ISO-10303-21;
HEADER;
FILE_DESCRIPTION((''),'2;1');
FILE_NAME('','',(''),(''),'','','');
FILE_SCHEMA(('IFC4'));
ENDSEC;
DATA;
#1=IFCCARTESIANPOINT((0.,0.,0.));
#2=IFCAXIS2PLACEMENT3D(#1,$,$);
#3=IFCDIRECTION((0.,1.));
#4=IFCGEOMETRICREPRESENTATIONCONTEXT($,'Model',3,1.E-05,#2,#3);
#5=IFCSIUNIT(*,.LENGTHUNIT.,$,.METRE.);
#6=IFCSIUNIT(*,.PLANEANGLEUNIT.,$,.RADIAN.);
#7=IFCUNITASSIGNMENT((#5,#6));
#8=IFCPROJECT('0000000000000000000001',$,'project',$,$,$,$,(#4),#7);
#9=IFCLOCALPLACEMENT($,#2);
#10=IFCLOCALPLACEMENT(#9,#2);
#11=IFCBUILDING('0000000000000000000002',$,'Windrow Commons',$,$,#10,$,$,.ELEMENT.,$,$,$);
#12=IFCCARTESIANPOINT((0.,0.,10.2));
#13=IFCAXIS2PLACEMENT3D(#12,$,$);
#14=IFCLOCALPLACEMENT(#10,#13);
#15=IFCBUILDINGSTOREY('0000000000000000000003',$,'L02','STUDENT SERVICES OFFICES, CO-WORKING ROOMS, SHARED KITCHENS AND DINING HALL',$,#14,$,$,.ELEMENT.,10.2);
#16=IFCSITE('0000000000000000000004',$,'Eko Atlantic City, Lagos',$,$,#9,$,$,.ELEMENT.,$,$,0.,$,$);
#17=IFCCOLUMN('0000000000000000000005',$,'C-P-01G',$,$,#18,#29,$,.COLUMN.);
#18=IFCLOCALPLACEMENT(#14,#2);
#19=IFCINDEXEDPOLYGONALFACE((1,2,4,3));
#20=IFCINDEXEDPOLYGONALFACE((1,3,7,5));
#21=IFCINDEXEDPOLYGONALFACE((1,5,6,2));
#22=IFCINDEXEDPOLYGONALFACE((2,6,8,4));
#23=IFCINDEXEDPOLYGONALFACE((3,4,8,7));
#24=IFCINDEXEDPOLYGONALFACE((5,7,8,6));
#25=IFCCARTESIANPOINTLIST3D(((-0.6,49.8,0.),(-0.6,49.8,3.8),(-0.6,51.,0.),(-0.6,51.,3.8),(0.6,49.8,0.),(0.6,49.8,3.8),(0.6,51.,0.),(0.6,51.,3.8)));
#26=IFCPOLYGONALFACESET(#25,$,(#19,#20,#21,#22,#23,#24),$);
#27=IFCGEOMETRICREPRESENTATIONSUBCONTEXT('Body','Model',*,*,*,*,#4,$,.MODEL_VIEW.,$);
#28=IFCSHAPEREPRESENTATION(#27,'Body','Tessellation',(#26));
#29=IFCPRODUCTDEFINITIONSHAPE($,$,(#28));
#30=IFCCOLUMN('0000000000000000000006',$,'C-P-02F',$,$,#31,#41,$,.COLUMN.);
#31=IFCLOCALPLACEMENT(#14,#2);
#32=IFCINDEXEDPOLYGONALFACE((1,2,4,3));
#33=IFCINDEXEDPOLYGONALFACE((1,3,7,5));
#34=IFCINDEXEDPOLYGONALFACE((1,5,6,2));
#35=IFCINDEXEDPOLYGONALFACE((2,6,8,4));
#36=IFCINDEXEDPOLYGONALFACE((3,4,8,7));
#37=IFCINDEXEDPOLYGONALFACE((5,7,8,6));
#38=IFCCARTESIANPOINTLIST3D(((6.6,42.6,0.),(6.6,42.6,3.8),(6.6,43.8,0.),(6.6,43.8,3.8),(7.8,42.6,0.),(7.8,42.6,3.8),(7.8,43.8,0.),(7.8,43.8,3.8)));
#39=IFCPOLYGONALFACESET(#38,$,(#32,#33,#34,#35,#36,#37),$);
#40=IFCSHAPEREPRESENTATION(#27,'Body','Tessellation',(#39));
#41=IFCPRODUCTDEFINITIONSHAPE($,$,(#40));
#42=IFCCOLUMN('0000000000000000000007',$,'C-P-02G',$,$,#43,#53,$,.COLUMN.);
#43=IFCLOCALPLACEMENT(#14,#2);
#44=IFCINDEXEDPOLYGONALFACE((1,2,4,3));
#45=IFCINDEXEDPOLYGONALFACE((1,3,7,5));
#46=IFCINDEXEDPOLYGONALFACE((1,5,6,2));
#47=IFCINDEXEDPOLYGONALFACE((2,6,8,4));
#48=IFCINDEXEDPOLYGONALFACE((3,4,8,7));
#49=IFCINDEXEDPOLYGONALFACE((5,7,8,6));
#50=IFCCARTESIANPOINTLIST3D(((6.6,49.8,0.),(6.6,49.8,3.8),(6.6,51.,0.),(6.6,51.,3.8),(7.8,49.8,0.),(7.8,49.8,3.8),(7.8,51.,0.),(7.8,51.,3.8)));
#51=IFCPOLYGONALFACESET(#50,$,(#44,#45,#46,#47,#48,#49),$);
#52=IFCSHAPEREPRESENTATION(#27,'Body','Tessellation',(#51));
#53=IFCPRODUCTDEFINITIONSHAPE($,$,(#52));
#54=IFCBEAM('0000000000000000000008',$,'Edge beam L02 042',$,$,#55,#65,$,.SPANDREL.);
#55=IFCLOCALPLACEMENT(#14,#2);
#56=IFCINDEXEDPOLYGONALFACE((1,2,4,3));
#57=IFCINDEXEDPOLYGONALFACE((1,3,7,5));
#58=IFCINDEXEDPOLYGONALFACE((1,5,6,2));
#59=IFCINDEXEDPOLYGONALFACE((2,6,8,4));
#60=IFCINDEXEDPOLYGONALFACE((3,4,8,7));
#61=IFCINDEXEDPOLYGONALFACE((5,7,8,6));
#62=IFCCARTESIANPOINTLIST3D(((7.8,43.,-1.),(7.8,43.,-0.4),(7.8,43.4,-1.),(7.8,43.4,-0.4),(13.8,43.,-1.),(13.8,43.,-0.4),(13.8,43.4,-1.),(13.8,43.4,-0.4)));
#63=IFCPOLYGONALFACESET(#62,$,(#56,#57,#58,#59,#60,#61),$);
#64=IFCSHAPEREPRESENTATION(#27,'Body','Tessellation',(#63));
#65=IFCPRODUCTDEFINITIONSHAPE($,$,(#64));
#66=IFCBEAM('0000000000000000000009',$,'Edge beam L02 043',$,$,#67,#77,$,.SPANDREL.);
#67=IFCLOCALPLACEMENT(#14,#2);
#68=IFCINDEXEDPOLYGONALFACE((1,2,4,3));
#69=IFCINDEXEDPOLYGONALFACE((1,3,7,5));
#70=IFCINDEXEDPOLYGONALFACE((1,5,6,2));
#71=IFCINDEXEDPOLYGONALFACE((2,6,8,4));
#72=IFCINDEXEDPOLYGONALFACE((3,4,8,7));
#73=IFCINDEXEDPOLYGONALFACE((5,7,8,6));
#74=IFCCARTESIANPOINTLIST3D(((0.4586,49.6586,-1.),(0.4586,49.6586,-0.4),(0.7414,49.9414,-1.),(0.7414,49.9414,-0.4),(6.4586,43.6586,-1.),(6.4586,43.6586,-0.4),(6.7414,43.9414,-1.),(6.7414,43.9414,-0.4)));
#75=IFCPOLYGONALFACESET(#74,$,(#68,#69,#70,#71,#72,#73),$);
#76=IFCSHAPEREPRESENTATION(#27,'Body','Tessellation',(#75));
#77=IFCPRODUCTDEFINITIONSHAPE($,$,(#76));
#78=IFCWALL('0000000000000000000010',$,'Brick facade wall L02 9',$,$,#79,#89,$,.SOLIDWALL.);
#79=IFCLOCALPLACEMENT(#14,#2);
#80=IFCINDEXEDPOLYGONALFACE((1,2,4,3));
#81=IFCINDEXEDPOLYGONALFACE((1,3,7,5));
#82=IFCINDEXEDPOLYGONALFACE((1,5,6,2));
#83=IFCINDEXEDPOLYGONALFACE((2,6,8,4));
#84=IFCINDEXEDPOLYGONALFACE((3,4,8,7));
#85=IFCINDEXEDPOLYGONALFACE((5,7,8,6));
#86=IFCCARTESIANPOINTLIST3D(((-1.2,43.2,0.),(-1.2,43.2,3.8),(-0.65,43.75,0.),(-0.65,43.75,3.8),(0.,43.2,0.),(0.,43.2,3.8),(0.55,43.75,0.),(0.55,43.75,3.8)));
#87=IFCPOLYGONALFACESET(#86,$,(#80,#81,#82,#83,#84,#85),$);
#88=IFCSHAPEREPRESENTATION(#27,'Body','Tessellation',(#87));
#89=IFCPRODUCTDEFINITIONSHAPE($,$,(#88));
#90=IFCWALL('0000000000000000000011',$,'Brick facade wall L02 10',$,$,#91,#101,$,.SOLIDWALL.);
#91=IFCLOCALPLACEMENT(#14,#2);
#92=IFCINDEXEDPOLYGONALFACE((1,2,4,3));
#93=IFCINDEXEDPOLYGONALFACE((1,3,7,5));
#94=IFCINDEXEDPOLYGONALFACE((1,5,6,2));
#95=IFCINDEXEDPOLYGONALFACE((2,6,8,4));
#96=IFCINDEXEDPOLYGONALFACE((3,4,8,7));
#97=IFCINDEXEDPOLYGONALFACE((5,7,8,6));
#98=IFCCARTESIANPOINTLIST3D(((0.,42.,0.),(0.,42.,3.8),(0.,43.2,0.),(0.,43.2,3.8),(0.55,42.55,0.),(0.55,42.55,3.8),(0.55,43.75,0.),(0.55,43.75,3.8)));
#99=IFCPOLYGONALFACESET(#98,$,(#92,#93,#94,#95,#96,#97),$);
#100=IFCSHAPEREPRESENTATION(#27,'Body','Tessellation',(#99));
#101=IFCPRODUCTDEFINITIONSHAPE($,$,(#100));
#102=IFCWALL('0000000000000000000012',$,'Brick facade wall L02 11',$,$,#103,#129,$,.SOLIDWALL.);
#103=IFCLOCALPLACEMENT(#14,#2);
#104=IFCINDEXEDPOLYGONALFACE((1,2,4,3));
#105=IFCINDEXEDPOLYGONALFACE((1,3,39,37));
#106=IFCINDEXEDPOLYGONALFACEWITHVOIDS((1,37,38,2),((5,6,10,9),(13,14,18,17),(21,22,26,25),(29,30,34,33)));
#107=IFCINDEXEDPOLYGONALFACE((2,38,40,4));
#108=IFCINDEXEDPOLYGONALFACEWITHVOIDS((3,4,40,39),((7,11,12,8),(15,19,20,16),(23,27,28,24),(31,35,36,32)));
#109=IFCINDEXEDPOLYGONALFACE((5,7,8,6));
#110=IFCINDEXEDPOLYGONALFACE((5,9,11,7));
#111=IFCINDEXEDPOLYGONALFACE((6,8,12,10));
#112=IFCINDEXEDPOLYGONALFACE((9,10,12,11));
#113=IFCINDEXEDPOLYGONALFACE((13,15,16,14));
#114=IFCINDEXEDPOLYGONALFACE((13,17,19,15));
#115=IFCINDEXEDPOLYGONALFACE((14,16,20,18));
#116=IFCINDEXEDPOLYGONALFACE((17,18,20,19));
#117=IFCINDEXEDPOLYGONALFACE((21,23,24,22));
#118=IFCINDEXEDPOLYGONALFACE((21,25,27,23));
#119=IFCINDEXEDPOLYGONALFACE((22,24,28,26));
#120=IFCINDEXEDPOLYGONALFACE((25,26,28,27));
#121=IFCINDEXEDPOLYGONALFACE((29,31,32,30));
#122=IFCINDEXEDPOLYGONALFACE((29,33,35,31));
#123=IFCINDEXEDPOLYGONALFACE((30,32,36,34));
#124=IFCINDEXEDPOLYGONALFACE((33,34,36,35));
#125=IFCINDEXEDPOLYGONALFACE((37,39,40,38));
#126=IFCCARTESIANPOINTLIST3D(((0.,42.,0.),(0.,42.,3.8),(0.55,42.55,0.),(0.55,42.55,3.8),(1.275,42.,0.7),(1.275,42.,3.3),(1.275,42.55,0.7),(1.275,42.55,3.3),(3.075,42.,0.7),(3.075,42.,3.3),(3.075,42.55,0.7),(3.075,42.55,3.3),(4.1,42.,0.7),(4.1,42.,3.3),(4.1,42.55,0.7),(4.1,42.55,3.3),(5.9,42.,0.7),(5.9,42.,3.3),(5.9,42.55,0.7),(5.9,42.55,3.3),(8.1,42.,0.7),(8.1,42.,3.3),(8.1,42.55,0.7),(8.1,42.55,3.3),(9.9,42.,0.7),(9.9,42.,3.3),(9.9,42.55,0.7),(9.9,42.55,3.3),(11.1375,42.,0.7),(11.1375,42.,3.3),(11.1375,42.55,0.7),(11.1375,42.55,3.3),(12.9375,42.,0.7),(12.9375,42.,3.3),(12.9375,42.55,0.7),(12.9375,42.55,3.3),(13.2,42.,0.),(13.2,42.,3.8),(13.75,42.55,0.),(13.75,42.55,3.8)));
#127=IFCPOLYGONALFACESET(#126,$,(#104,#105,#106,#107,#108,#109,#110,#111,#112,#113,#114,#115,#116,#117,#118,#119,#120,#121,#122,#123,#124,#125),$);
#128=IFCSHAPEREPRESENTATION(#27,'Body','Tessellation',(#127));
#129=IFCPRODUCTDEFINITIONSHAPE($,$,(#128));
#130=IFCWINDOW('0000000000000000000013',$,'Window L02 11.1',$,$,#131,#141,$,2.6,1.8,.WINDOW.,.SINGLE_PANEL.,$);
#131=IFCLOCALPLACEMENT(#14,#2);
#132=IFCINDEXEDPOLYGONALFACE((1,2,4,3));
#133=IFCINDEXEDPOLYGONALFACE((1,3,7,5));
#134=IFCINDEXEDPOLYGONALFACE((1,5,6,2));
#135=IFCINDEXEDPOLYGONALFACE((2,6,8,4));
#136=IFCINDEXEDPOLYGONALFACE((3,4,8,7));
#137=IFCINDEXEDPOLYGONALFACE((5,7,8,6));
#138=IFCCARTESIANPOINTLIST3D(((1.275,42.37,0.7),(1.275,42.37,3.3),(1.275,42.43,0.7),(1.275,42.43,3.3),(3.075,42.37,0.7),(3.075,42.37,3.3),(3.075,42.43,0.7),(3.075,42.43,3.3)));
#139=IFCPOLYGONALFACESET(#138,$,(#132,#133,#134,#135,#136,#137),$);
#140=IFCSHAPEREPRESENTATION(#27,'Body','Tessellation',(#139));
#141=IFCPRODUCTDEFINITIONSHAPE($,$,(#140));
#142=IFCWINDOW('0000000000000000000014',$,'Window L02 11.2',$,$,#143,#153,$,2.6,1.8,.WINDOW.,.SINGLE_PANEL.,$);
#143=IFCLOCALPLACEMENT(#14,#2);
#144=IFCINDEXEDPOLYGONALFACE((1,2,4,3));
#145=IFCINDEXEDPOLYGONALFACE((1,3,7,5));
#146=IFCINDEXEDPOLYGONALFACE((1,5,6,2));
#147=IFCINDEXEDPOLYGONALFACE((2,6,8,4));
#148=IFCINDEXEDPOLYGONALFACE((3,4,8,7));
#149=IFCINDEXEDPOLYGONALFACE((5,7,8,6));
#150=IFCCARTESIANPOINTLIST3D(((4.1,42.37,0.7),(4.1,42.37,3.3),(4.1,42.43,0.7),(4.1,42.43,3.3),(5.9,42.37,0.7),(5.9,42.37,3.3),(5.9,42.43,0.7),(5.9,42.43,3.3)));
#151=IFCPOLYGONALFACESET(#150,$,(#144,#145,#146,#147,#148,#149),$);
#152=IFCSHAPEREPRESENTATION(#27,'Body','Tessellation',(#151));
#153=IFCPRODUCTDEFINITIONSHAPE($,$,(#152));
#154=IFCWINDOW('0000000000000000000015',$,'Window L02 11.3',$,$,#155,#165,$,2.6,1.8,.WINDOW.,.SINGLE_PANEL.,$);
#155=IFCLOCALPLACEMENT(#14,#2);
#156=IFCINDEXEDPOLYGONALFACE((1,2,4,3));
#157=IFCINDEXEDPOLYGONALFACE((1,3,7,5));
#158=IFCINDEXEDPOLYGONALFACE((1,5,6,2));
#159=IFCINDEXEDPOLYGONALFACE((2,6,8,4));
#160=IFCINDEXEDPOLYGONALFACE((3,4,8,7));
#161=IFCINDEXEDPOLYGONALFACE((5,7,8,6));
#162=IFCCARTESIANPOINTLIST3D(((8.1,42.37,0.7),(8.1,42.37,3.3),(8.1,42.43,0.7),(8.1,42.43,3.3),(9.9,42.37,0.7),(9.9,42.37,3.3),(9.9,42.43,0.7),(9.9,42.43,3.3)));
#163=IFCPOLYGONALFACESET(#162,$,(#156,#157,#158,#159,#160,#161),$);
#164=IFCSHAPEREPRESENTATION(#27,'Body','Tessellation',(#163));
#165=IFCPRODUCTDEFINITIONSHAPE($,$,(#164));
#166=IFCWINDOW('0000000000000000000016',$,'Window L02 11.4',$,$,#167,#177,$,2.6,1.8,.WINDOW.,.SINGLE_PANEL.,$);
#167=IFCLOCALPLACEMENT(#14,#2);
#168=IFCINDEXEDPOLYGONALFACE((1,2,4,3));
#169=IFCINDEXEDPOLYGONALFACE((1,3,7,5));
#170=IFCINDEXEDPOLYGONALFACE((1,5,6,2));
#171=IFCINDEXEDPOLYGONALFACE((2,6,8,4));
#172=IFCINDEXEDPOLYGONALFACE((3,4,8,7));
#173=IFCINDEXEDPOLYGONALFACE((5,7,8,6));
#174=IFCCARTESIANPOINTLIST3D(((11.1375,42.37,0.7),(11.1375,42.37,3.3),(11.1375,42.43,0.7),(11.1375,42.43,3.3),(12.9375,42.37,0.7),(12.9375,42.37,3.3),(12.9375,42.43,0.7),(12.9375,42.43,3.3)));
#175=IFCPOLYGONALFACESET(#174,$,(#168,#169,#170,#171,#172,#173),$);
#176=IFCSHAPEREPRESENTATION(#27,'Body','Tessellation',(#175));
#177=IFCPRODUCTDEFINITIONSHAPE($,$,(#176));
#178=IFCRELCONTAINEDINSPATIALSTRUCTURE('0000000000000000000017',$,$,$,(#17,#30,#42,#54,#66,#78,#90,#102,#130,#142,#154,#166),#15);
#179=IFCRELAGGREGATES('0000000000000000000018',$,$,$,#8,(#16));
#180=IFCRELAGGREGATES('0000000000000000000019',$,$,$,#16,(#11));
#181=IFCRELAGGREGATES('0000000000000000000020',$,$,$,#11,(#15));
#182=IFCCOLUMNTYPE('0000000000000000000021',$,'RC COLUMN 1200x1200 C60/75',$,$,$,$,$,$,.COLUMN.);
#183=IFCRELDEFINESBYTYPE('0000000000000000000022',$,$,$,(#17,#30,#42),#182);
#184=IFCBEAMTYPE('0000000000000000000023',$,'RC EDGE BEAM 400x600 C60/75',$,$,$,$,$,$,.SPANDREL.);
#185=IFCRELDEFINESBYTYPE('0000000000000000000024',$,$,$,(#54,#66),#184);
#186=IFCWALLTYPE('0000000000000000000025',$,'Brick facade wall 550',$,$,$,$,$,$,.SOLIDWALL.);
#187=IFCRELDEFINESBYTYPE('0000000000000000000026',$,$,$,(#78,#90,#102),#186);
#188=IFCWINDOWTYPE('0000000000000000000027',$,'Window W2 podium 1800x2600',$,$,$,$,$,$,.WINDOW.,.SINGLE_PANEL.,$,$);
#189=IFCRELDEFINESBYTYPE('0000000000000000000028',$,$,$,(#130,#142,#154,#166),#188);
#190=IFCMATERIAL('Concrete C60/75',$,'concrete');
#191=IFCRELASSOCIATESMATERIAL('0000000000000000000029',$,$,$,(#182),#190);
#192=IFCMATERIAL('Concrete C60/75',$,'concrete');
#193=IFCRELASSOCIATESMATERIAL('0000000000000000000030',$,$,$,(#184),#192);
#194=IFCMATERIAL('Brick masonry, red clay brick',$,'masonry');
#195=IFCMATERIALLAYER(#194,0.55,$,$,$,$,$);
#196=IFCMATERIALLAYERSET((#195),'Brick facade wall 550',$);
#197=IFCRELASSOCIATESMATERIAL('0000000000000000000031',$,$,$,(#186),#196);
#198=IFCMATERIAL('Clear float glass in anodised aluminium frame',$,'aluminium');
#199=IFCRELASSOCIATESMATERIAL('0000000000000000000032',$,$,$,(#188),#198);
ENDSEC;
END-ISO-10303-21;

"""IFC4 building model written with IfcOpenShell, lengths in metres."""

from ifc_helpers import new_model, si_unit, direction, frame, frame_2d, origin, origin_2d, place, context, subcontext, project, spatial, polyline, rectangle, outline, extrude, material, layer, layer_set, material_profile, profile_set, type_object, element, fill, save


model = new_model("IFC4")

# Units and contexts
model_context = context("Model", 3, precision=1e-05, world=origin(), true_north=direction((0.0, 1.0)))
body_context = subcontext(model_context, "Body", "Model", "MODEL_VIEW")
ifc_project = project(units=[si_unit("LENGTHUNIT", "METRE"), si_unit("PLANEANGLEUNIT", "RADIAN")], contexts=[model_context])

# Site, building, storey
site_placement = place(None, origin())
site = spatial("IfcSite", under=ifc_project, at=site_placement, Name="Eko Atlantic City, Lagos", CompositionType="ELEMENT", RefElevation=0.0)
building_placement = place(site_placement, origin())
building = spatial("IfcBuilding", under=site, at=building_placement, Name="Windrow Commons", CompositionType="ELEMENT")
storey_placement = place(building_placement, frame((0.0, 0.0, 10.2)))
storey = spatial("IfcBuildingStorey", under=building, at=storey_placement, Name="L02", Description="STUDENT SERVICES OFFICES, CO-WORKING ROOMS, SHARED KITCHENS AND DINING HALL", CompositionType="ELEMENT", Elevation=10.2)

# Columns
ifc_material_1 = material(Name="Concrete C60/75", Category="concrete")
ifc_material_profile_1 = material_profile(ifc_material_1, rectangle(XDim=1.2, YDim=1.2, at=origin_2d()))
ifc_profile_set_1 = profile_set([ifc_material_profile_1], Name="Concrete C60/75")
column_type = type_object("IfcColumnType", Name="RC COLUMN 1200x1200 C60/75", PredefinedType="COLUMN", material=ifc_profile_set_1)
for number, where, z_axis, x_axis, name in (
    (1, (0.0, 50.4, 0.0), (0.0, 0.0, 1.0), (1.0, 0.0, 0.0), "C-P-01G"),
    (2, (7.2, 43.2, 0.0), (0.0, 0.0, 1.0), (1.0, 0.0, 0.0), "C-P-02F"),
    (3, (7.2, 50.4, 0.0), (0.0, 0.0, 1.0), (1.0, 0.0, 0.0), "C-P-02G"),
):
    element("IfcColumn", number, at=place(storey_placement, frame(where, z_axis=z_axis, x_axis=x_axis)), inside=storey, type_object=column_type, Name=name, PredefinedType="COLUMN", context=body_context, shape_type="SweptSolid", body=[
        extrude(rectangle(XDim=1.2, YDim=1.2, at=origin_2d()), origin(), (0.0, 0.0, 1.0), 3.8),
    ])

# Beams
ifc_material_2 = material(Name="Concrete C60/75", Category="concrete")
ifc_material_profile_2 = material_profile(ifc_material_2, rectangle(XDim=0.4, YDim=0.6, at=origin_2d()))
ifc_profile_set_2 = profile_set([ifc_material_profile_2], Name="Concrete C60/75")
beam_type = type_object("IfcBeamType", Name="RC EDGE BEAM 400x600 C60/75", PredefinedType="SPANDREL", material=ifc_profile_set_2)
beam_1_placement = place(storey_placement, frame((13.8, 43.2, -0.7), z_axis=(-1.0, 0.0, 0.0), x_axis=(0.0, -1.0, 0.0)))
element("IfcBeam", 4, at=beam_1_placement, inside=storey, type_object=beam_type, Name="Edge beam L02 042", PredefinedType="SPANDREL", context=body_context, shape_type="SweptSolid", body=[
    extrude(rectangle(XDim=0.4, YDim=0.6, at=origin_2d()), origin(), (0.0, 0.0, 1.0), 6.0),
])
beam_2_placement = place(storey_placement, frame((6.6, 43.8, -0.7), z_axis=(-0.707107, 0.707107, 0.0), x_axis=(-0.707107, -0.707107, 0.0)))
element("IfcBeam", 5, at=beam_2_placement, inside=storey, type_object=beam_type, Name="Edge beam L02 043", PredefinedType="SPANDREL", context=body_context, shape_type="SweptSolid", body=[
    extrude(rectangle(XDim=0.4, YDim=0.6, at=origin_2d()), origin(), (0.0, 0.0, 1.0), 8.4853),
])

# Walls
ifc_material_3 = material(Name="Brick masonry, red clay brick", Category="masonry")
ifc_layer_1 = layer(ifc_material_3, 0.55)
ifc_layer_set_1 = layer_set([ifc_layer_1], Name="Brick facade wall 550")
wall_type_1 = type_object("IfcWallType", Name="Brick facade wall 550", PredefinedType="SOLIDWALL", material=ifc_layer_set_1)
wall_1_placement = place(storey_placement, frame((-0.925, 43.475, 0.0), z_axis=(0.0, 0.0, 1.0), x_axis=(1.0, 0.0, 0.0)))
element("IfcWall", 6, at=wall_1_placement, inside=storey, type_object=wall_type_1, Name="Brick facade wall L02 9", PredefinedType="SOLIDWALL", context=body_context, shape_type="SweptSolid", body=[
    extrude(outline(polyline([(-0.275, -0.275), (0.925, -0.275), (1.475, 0.275), (0.275, 0.275), (-0.275, -0.275)])), origin(), (0.0, 0.0, 1.0), 3.8),
])
wall_2_placement = place(storey_placement, frame((0.275, 43.475, 0.0), z_axis=(0.0, 0.0, 1.0), x_axis=(0.0, -1.0, 0.0)))
element("IfcWall", 7, at=wall_2_placement, inside=storey, type_object=wall_type_1, Name="Brick facade wall L02 10", PredefinedType="SOLIDWALL", context=body_context, shape_type="SweptSolid", body=[
    extrude(outline(polyline([(0.275, -0.275), (1.475, -0.275), (0.925, 0.275), (-0.275, 0.275), (0.275, -0.275)])), origin(), (0.0, 0.0, 1.0), 3.8),
])

# Wall, openings, windows
wall_3_placement = place(storey_placement, frame((0.275, 42.275, 0.0), z_axis=(0.0, 0.0, 1.0), x_axis=(1.0, 0.0, 0.0)))
wall_3 = element("IfcWall", 8, at=wall_3_placement, inside=storey, type_object=wall_type_1, Name="Brick facade wall L02 11", PredefinedType="SOLIDWALL", context=body_context, shape_type="SweptSolid", body=[
    extrude(outline(polyline([(-0.275, -0.275), (12.925, -0.275), (13.475, 0.275), (0.275, 0.275), (-0.275, -0.275)])), origin(), (0.0, 0.0, 1.0), 3.8),
])
opening_1_placement = place(wall_3_placement, frame((1.0, 0.0, 0.7)))
opening_1 = element("IfcOpeningElement", 9, at=opening_1_placement, cuts=wall_3, PredefinedType="OPENING", context=body_context, shape_type="SweptSolid", body=[
    extrude(rectangle(XDim=1.8, YDim=2.6, at=frame_2d((0.9, 1.3))), frame((0.0, 0.285, 0.0), z_axis=(0.0, -1.0, 0.0), x_axis=(1.0, 0.0, 0.0)), (0.0, 0.0, 1.0), 0.57),
])
opening_2_placement = place(wall_3_placement, frame((3.825, 0.0, 0.7)))
opening_2 = element("IfcOpeningElement", 10, at=opening_2_placement, cuts=wall_3, PredefinedType="OPENING", context=body_context, shape_type="SweptSolid", body=[
    extrude(rectangle(XDim=1.8, YDim=2.6, at=frame_2d((0.9, 1.3))), frame((0.0, 0.285, 0.0), z_axis=(0.0, -1.0, 0.0), x_axis=(1.0, 0.0, 0.0)), (0.0, 0.0, 1.0), 0.57),
])
opening_3_placement = place(wall_3_placement, frame((7.825, 0.0, 0.7)))
opening_3 = element("IfcOpeningElement", 11, at=opening_3_placement, cuts=wall_3, PredefinedType="OPENING", context=body_context, shape_type="SweptSolid", body=[
    extrude(rectangle(XDim=1.8, YDim=2.6, at=frame_2d((0.9, 1.3))), frame((0.0, 0.285, 0.0), z_axis=(0.0, -1.0, 0.0), x_axis=(1.0, 0.0, 0.0)), (0.0, 0.0, 1.0), 0.57),
])
opening_4_placement = place(wall_3_placement, frame((10.8625, 0.0, 0.7)))
opening_4 = element("IfcOpeningElement", 12, at=opening_4_placement, cuts=wall_3, PredefinedType="OPENING", context=body_context, shape_type="SweptSolid", body=[
    extrude(rectangle(XDim=1.8, YDim=2.6, at=frame_2d((0.9, 1.3))), frame((0.0, 0.285, 0.0), z_axis=(0.0, -1.0, 0.0), x_axis=(1.0, 0.0, 0.0)), (0.0, 0.0, 1.0), 0.57),
])
ifc_material_4 = material(Name="Clear float glass in anodised aluminium frame", Category="aluminium")
window_type = type_object("IfcWindowType", Name="Window W2 podium 1800x2600", PartitioningType="SINGLE_PANEL", PredefinedType="WINDOW", material=ifc_material_4)
window_1_placement = place(opening_1_placement, origin())
window_1 = element("IfcWindow", 13, at=window_1_placement, inside=storey, type_object=window_type, Name="Window L02 11.1", OverallHeight=2.6, OverallWidth=1.8, PartitioningType="SINGLE_PANEL", PredefinedType="WINDOW", context=body_context, shape_type="SweptSolid", body=[
    extrude(rectangle(XDim=1.8, YDim=2.6, at=frame_2d((0.9, 1.3))), frame((0.0, 0.155, 0.0), z_axis=(0.0, -1.0, 0.0), x_axis=(1.0, 0.0, 0.0)), (0.0, 0.0, 1.0), 0.06),
])
fill(opening_1, window_1)
window_2_placement = place(opening_2_placement, origin())
window_2 = element("IfcWindow", 14, at=window_2_placement, inside=storey, type_object=window_type, Name="Window L02 11.2", OverallHeight=2.6, OverallWidth=1.8, PartitioningType="SINGLE_PANEL", PredefinedType="WINDOW", context=body_context, shape_type="SweptSolid", body=[
    extrude(rectangle(XDim=1.8, YDim=2.6, at=frame_2d((0.9, 1.3))), frame((0.0, 0.155, 0.0), z_axis=(0.0, -1.0, 0.0), x_axis=(1.0, 0.0, 0.0)), (0.0, 0.0, 1.0), 0.06),
])
fill(opening_2, window_2)
window_3_placement = place(opening_3_placement, origin())
window_3 = element("IfcWindow", 15, at=window_3_placement, inside=storey, type_object=window_type, Name="Window L02 11.3", OverallHeight=2.6, OverallWidth=1.8, PartitioningType="SINGLE_PANEL", PredefinedType="WINDOW", context=body_context, shape_type="SweptSolid", body=[
    extrude(rectangle(XDim=1.8, YDim=2.6, at=frame_2d((0.9, 1.3))), frame((0.0, 0.155, 0.0), z_axis=(0.0, -1.0, 0.0), x_axis=(1.0, 0.0, 0.0)), (0.0, 0.0, 1.0), 0.06),
])
fill(opening_3, window_3)
window_4_placement = place(opening_4_placement, origin())
window_4 = element("IfcWindow", 16, at=window_4_placement, inside=storey, type_object=window_type, Name="Window L02 11.4", OverallHeight=2.6, OverallWidth=1.8, PartitioningType="SINGLE_PANEL", PredefinedType="WINDOW", context=body_context, shape_type="SweptSolid", body=[
    extrude(rectangle(XDim=1.8, YDim=2.6, at=frame_2d((0.9, 1.3))), frame((0.0, 0.155, 0.0), z_axis=(0.0, -1.0, 0.0), x_axis=(1.0, 0.0, 0.0)), (0.0, 0.0, 1.0), 0.06),
])
fill(opening_4, window_4)

save(model, "model.ifc")
